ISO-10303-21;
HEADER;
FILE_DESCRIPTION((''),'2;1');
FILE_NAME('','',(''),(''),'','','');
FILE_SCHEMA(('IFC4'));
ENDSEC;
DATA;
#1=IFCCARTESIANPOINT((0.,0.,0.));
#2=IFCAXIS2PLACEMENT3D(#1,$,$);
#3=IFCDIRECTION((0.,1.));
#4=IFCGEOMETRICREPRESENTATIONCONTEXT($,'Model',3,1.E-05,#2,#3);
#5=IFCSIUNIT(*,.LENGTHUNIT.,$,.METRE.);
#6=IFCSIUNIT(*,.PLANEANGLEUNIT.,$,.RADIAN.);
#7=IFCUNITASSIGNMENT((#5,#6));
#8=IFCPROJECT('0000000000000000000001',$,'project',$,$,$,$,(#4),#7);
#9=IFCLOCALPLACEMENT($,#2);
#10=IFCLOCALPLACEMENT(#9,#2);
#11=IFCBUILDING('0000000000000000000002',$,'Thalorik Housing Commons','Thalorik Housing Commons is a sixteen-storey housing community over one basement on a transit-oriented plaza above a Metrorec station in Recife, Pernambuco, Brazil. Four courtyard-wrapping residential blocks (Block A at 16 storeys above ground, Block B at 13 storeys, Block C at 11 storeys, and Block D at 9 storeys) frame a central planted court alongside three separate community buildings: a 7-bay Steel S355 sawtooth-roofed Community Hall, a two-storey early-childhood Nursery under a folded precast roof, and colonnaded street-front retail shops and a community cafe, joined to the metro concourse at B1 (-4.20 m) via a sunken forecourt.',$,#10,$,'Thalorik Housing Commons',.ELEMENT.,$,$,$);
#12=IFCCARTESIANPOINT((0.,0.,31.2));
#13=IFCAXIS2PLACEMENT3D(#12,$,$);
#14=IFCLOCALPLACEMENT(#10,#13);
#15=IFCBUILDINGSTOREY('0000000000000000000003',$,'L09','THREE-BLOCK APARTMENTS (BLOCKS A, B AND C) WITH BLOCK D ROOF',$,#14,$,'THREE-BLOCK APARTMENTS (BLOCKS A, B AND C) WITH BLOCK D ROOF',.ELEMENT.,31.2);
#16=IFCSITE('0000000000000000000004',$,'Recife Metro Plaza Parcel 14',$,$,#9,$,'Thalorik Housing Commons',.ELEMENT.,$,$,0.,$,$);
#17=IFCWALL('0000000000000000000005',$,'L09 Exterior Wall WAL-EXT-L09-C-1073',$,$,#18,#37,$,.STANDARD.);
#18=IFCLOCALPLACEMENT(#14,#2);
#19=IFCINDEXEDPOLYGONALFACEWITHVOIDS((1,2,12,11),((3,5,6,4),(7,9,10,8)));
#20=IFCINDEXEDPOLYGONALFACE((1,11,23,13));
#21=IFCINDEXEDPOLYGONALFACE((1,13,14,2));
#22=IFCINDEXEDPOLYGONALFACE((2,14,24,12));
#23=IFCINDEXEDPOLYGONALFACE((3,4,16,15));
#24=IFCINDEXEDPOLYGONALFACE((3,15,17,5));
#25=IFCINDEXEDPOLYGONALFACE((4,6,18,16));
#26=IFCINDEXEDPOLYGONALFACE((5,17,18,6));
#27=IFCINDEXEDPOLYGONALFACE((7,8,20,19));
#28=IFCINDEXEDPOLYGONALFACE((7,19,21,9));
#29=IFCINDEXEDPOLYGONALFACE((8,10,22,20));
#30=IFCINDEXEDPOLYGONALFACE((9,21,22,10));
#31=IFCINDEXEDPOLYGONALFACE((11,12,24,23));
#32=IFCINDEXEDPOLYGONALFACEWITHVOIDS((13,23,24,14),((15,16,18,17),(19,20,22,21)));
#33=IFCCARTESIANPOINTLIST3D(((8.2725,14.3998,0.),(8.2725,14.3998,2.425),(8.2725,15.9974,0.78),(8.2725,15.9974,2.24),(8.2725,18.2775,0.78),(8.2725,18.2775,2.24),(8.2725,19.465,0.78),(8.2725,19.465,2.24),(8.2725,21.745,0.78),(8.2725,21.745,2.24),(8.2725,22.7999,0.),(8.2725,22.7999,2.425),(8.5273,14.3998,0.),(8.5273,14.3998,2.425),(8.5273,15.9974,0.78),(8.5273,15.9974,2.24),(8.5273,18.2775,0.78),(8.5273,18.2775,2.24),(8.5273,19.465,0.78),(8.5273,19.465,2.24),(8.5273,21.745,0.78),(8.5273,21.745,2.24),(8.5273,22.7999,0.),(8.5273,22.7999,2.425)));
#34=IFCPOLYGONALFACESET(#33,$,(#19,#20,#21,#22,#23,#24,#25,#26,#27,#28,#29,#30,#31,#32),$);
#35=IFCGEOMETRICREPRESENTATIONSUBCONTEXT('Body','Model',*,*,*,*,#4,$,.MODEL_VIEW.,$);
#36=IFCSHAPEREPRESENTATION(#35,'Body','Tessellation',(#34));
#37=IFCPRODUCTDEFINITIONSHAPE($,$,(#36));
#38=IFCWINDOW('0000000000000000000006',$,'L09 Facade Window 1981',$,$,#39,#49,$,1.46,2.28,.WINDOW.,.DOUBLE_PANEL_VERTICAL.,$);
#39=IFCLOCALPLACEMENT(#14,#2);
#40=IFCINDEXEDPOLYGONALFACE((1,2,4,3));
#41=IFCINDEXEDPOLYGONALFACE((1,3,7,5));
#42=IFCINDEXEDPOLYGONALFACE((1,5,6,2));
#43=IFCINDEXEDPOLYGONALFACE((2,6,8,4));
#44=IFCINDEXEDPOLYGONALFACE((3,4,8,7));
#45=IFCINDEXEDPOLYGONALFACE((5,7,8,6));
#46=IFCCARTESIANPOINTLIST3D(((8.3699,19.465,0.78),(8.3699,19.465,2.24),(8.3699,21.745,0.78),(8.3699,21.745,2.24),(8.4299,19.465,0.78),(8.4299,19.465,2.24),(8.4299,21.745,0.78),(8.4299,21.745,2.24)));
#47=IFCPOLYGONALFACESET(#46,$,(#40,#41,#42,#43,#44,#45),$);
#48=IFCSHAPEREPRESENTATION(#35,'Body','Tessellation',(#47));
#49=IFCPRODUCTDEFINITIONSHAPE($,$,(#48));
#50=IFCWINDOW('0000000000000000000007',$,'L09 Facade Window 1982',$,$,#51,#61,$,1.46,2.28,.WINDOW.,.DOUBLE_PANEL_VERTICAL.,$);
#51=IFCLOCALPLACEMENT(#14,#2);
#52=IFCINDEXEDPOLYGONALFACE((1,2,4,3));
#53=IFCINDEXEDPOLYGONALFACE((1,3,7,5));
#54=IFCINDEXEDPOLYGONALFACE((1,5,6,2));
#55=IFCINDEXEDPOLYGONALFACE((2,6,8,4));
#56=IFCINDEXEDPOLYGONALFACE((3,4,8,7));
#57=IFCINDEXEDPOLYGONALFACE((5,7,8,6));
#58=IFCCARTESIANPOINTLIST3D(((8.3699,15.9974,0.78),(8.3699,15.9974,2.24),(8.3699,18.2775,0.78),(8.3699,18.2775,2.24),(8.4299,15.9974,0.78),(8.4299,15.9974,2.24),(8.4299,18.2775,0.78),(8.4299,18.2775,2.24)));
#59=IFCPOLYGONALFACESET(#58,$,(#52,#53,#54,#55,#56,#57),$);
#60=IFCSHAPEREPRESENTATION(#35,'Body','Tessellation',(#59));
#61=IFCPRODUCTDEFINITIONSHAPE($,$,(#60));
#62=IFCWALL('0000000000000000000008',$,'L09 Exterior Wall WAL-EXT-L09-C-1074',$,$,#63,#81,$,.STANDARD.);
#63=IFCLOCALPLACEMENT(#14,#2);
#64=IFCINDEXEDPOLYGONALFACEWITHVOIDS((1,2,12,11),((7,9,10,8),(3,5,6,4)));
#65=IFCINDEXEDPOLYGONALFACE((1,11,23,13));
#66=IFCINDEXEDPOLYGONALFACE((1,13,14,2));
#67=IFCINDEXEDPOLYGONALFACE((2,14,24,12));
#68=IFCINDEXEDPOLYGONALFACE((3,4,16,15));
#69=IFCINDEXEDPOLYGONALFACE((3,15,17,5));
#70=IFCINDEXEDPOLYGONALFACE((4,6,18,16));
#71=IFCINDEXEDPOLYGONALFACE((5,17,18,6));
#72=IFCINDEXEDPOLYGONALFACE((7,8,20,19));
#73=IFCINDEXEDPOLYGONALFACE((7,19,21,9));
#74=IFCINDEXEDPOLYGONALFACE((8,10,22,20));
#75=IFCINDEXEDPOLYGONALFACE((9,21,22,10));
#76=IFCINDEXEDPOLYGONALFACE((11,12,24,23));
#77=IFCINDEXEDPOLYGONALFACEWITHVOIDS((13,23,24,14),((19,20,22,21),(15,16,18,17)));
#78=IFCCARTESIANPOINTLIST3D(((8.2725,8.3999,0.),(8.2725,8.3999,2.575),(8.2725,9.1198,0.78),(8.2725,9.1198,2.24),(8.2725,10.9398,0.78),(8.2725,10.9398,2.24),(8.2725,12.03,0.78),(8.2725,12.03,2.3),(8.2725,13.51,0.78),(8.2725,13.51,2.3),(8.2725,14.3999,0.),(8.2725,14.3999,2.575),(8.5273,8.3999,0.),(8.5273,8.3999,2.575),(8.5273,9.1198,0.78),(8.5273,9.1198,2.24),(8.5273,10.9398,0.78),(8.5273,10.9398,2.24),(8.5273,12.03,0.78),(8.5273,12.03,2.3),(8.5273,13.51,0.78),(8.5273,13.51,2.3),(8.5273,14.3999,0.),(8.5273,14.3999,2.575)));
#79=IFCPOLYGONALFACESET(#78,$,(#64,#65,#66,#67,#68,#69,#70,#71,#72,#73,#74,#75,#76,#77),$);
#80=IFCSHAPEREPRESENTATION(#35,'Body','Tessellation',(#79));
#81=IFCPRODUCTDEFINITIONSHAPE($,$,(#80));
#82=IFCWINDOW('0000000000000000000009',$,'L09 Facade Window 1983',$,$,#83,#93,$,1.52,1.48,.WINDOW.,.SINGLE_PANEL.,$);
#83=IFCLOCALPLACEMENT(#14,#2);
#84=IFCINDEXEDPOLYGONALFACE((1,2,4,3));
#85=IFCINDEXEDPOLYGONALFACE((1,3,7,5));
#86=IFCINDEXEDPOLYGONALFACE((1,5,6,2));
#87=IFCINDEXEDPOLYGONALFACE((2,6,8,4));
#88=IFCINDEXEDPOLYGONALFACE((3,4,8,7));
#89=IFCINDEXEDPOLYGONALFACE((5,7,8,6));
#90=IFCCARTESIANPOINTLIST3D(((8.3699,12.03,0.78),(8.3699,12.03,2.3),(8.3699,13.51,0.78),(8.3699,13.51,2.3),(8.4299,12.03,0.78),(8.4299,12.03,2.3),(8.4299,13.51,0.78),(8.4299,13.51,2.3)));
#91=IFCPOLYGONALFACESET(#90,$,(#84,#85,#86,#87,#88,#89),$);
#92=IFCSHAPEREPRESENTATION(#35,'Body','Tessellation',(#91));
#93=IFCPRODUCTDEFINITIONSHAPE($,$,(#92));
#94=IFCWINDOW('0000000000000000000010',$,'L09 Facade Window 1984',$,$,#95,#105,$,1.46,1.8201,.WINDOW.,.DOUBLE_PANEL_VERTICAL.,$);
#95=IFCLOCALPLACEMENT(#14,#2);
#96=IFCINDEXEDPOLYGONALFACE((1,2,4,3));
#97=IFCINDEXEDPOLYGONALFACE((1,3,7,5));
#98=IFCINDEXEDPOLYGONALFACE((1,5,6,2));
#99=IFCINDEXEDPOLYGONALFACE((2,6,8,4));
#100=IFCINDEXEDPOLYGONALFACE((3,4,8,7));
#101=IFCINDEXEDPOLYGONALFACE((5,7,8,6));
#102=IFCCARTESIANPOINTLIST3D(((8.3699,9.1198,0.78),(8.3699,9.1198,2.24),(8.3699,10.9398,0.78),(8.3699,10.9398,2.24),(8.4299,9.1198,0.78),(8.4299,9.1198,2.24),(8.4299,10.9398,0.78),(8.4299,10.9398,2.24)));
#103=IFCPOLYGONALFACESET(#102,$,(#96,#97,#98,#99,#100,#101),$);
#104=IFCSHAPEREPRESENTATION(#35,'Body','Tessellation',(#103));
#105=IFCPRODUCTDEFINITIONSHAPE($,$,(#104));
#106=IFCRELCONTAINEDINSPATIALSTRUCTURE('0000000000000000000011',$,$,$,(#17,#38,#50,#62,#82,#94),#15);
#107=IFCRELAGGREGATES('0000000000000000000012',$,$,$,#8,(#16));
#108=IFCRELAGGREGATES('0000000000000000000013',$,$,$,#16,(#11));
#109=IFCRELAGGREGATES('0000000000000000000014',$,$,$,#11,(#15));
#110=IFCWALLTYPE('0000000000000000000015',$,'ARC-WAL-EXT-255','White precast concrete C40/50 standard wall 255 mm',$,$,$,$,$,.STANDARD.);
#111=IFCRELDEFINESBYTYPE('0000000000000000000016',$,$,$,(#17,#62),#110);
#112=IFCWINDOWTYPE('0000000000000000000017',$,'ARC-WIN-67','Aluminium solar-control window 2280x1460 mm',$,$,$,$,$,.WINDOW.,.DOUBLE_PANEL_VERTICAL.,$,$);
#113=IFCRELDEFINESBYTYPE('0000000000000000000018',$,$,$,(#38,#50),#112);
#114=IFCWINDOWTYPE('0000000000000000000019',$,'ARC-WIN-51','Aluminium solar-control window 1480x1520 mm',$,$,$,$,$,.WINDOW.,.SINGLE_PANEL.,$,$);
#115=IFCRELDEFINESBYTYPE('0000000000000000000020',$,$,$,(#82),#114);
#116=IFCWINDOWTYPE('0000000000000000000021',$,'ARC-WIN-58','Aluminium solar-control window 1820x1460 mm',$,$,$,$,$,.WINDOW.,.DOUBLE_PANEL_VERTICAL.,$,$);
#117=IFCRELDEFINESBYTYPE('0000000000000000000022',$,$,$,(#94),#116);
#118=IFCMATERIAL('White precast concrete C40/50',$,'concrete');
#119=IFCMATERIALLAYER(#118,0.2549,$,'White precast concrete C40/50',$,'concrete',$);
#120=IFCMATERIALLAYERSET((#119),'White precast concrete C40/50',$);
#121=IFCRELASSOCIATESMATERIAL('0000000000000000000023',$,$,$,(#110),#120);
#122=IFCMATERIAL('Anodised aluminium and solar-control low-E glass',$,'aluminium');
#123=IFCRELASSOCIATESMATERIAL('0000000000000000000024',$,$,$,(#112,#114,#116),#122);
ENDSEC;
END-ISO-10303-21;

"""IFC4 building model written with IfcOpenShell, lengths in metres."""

from ifc_helpers import new_model, si_unit, direction, frame, frame_2d, origin, place, context, subcontext, project, spatial, rectangle, extrude, material, layer, layer_set, type_object, element, fill, save


model = new_model("IFC4")

# Units and contexts
model_context = context("Model", 3, precision=1e-05, world=origin(), true_north=direction((0.0, 1.0)))
body_context = subcontext(model_context, "Body", "Model", "MODEL_VIEW")
ifc_project = project(units=[si_unit("LENGTHUNIT", "METRE"), si_unit("PLANEANGLEUNIT", "RADIAN")], contexts=[model_context])

# Site, building, storey
site_placement = place(None, origin())
site = spatial("IfcSite", under=ifc_project, at=site_placement, Name="Recife Metro Plaza Parcel 14", LongName="Thalorik Housing Commons", CompositionType="ELEMENT", RefElevation=0.0)
building_placement = place(site_placement, origin())
building = spatial("IfcBuilding", under=site, at=building_placement, Name="Thalorik Housing Commons", Description="Thalorik Housing Commons is a sixteen-storey housing community over one basement on a transit-oriented plaza above a Metrorec station in Recife, Pernambuco, Brazil. Four courtyard-wrapping residential blocks (Block A at 16 storeys above ground, Block B at 13 storeys, Block C at 11 storeys, and Block D at 9 storeys) frame a central planted court alongside three separate community buildings: a 7-bay Steel S355 sawtooth-roofed Community Hall, a two-storey early-childhood Nursery under a folded precast roof, and colonnaded street-front retail shops and a community cafe, joined to the metro concourse at B1 (-4.20 m) via a sunken forecourt.", LongName="Thalorik Housing Commons", CompositionType="ELEMENT")
storey_placement = place(building_placement, frame((0.0, 0.0, 31.2)))
storey = spatial("IfcBuildingStorey", under=building, at=storey_placement, Name="L09", Description="THREE-BLOCK APARTMENTS (BLOCKS A, B AND C) WITH BLOCK D ROOF", LongName="THREE-BLOCK APARTMENTS (BLOCKS A, B AND C) WITH BLOCK D ROOF", CompositionType="ELEMENT", Elevation=31.2)

# Walls, openings, windows
ifc_material_1 = material(Name="White precast concrete C40/50", Category="concrete")
ifc_layer_1 = layer(ifc_material_1, 0.2549, Name="White precast concrete C40/50", Category="concrete")
ifc_layer_set_1 = layer_set([ifc_layer_1], Name="White precast concrete C40/50")
wall_type_1 = type_object("IfcWallType", Name="ARC-WAL-EXT-255", Description="White precast concrete C40/50 standard wall 255 mm", PredefinedType="STANDARD", material=ifc_layer_set_1)
wall_1_placement = place(storey_placement, frame((8.3999, 22.8, 0.0), z_axis=(0.0, 0.0, 1.0), x_axis=(0.0, -1.0, 0.0)))
wall_1 = element("IfcWall", 1, at=wall_1_placement, inside=storey, type_object=wall_type_1, Name="L09 Exterior Wall WAL-EXT-L09-C-1073", PredefinedType="STANDARD", context=body_context, shape_type="SweptSolid", body=[
    extrude(rectangle(XDim=8.4001, YDim=0.2549, at=frame_2d((4.2002, 0.0))), origin(), (0.0, 0.0, 1.0), 2.425),
])
opening_1_placement = place(wall_1_placement, frame((1.0549, 0.0, 0.78)))
opening_1 = element("IfcOpeningElement", 2, at=opening_1_placement, cuts=wall_1, PredefinedType="OPENING", context=body_context, shape_type="SweptSolid", body=[
    extrude(rectangle(XDim=2.28, YDim=1.46, at=frame_2d((1.1401, 0.73))), frame((0.0, 0.1375, 0.0), z_axis=(0.0, -1.0, 0.0), x_axis=(1.0, 0.0, 0.0)), (0.0, 0.0, 1.0), 0.2749),
])
opening_2_placement = place(wall_1_placement, frame((4.5225, 0.0, 0.78)))
opening_2 = element("IfcOpeningElement", 3, at=opening_2_placement, cuts=wall_1, PredefinedType="OPENING", context=body_context, shape_type="SweptSolid", body=[
    extrude(rectangle(XDim=2.28, YDim=1.46, at=frame_2d((1.1401, 0.73))), frame((0.0, 0.1375, 0.0), z_axis=(0.0, -1.0, 0.0), x_axis=(1.0, 0.0, 0.0)), (0.0, 0.0, 1.0), 0.2749),
])
ifc_material_2 = material(Name="Anodised aluminium and solar-control low-E glass", Category="aluminium")
window_type_1 = type_object("IfcWindowType", Name="ARC-WIN-67", Description="Aluminium solar-control window 2280x1460 mm", PartitioningType="DOUBLE_PANEL_VERTICAL", PredefinedType="WINDOW", material=ifc_material_2)
window_1_placement = place(opening_1_placement, origin())
window_1 = element("IfcWindow", 4, at=window_1_placement, inside=storey, type_object=window_type_1, Name="L09 Facade Window 1981", OverallHeight=1.46, OverallWidth=2.28, PartitioningType="DOUBLE_PANEL_VERTICAL", PredefinedType="WINDOW", context=body_context, shape_type="SweptSolid", body=[
    extrude(rectangle(XDim=2.28, YDim=1.46, at=frame_2d((1.1401, 0.73))), frame((0.0, 0.03, 0.0), z_axis=(0.0, -1.0, 0.0), x_axis=(1.0, 0.0, 0.0)), (0.0, 0.0, 1.0), 0.0601),
])
fill(opening_1, window_1)
window_2_placement = place(opening_2_placement, origin())
window_2 = element("IfcWindow", 5, at=window_2_placement, inside=storey, type_object=window_type_1, Name="L09 Facade Window 1982", OverallHeight=1.46, OverallWidth=2.28, PartitioningType="DOUBLE_PANEL_VERTICAL", PredefinedType="WINDOW", context=body_context, shape_type="SweptSolid", body=[
    extrude(rectangle(XDim=2.28, YDim=1.46, at=frame_2d((1.1401, 0.73))), frame((0.0, 0.03, 0.0), z_axis=(0.0, -1.0, 0.0), x_axis=(1.0, 0.0, 0.0)), (0.0, 0.0, 1.0), 0.0601),
])
fill(opening_2, window_2)
wall_2_placement = place(storey_placement, frame((8.3999, 14.3999, 0.0), z_axis=(0.0, 0.0, 1.0), x_axis=(0.0, -1.0, 0.0)))
wall_2 = element("IfcWall", 6, at=wall_2_placement, inside=storey, type_object=wall_type_1, Name="L09 Exterior Wall WAL-EXT-L09-C-1074", PredefinedType="STANDARD", context=body_context, shape_type="SweptSolid", body=[
    extrude(rectangle(XDim=6.0, YDim=0.2549, at=frame_2d((3.0, 0.0))), origin(), (0.0, 0.0, 1.0), 2.575),
])
opening_3_placement = place(wall_2_placement, frame((0.8899, 0.0, 0.78)))
opening_3 = element("IfcOpeningElement", 7, at=opening_3_placement, cuts=wall_2, PredefinedType="OPENING", context=body_context, shape_type="SweptSolid", body=[
    extrude(rectangle(XDim=1.48, YDim=1.52, at=frame_2d((0.74, 0.76))), frame((0.0, 0.1375, 0.0), z_axis=(0.0, -1.0, 0.0), x_axis=(1.0, 0.0, 0.0)), (0.0, 0.0, 1.0), 0.2749),
])
opening_4_placement = place(wall_2_placement, frame((3.46, 0.0, 0.78)))
opening_4 = element("IfcOpeningElement", 8, at=opening_4_placement, cuts=wall_2, PredefinedType="OPENING", context=body_context, shape_type="SweptSolid", body=[
    extrude(rectangle(XDim=1.8201, YDim=1.46, at=frame_2d((0.9102, 0.73))), frame((0.0, 0.1375, 0.0), z_axis=(0.0, -1.0, 0.0), x_axis=(1.0, 0.0, 0.0)), (0.0, 0.0, 1.0), 0.2749),
])
window_type_2 = type_object("IfcWindowType", Name="ARC-WIN-51", Description="Aluminium solar-control window 1480x1520 mm", PartitioningType="SINGLE_PANEL", PredefinedType="WINDOW", material=ifc_material_2)
window_3_placement = place(opening_3_placement, origin())
window_3 = element("IfcWindow", 9, at=window_3_placement, inside=storey, type_object=window_type_2, Name="L09 Facade Window 1983", OverallHeight=1.52, OverallWidth=1.48, PartitioningType="SINGLE_PANEL", PredefinedType="WINDOW", context=body_context, shape_type="SweptSolid", body=[
    extrude(rectangle(XDim=1.48, YDim=1.52, at=frame_2d((0.74, 0.76))), frame((0.0, 0.03, 0.0), z_axis=(0.0, -1.0, 0.0), x_axis=(1.0, 0.0, 0.0)), (0.0, 0.0, 1.0), 0.0601),
])
fill(opening_3, window_3)
window_type_3 = type_object("IfcWindowType", Name="ARC-WIN-58", Description="Aluminium solar-control window 1820x1460 mm", PartitioningType="DOUBLE_PANEL_VERTICAL", PredefinedType="WINDOW", material=ifc_material_2)
window_4_placement = place(opening_4_placement, origin())
window_4 = element("IfcWindow", 10, at=window_4_placement, inside=storey, type_object=window_type_3, Name="L09 Facade Window 1984", OverallHeight=1.46, OverallWidth=1.8201, PartitioningType="DOUBLE_PANEL_VERTICAL", PredefinedType="WINDOW", context=body_context, shape_type="SweptSolid", body=[
    extrude(rectangle(XDim=1.8201, YDim=1.46, at=frame_2d((0.9102, 0.73))), frame((0.0, 0.03, 0.0), z_axis=(0.0, -1.0, 0.0), x_axis=(1.0, 0.0, 0.0)), (0.0, 0.0, 1.0), 0.0601),
])
fill(opening_4, window_4)

save(model, "model.ifc")
